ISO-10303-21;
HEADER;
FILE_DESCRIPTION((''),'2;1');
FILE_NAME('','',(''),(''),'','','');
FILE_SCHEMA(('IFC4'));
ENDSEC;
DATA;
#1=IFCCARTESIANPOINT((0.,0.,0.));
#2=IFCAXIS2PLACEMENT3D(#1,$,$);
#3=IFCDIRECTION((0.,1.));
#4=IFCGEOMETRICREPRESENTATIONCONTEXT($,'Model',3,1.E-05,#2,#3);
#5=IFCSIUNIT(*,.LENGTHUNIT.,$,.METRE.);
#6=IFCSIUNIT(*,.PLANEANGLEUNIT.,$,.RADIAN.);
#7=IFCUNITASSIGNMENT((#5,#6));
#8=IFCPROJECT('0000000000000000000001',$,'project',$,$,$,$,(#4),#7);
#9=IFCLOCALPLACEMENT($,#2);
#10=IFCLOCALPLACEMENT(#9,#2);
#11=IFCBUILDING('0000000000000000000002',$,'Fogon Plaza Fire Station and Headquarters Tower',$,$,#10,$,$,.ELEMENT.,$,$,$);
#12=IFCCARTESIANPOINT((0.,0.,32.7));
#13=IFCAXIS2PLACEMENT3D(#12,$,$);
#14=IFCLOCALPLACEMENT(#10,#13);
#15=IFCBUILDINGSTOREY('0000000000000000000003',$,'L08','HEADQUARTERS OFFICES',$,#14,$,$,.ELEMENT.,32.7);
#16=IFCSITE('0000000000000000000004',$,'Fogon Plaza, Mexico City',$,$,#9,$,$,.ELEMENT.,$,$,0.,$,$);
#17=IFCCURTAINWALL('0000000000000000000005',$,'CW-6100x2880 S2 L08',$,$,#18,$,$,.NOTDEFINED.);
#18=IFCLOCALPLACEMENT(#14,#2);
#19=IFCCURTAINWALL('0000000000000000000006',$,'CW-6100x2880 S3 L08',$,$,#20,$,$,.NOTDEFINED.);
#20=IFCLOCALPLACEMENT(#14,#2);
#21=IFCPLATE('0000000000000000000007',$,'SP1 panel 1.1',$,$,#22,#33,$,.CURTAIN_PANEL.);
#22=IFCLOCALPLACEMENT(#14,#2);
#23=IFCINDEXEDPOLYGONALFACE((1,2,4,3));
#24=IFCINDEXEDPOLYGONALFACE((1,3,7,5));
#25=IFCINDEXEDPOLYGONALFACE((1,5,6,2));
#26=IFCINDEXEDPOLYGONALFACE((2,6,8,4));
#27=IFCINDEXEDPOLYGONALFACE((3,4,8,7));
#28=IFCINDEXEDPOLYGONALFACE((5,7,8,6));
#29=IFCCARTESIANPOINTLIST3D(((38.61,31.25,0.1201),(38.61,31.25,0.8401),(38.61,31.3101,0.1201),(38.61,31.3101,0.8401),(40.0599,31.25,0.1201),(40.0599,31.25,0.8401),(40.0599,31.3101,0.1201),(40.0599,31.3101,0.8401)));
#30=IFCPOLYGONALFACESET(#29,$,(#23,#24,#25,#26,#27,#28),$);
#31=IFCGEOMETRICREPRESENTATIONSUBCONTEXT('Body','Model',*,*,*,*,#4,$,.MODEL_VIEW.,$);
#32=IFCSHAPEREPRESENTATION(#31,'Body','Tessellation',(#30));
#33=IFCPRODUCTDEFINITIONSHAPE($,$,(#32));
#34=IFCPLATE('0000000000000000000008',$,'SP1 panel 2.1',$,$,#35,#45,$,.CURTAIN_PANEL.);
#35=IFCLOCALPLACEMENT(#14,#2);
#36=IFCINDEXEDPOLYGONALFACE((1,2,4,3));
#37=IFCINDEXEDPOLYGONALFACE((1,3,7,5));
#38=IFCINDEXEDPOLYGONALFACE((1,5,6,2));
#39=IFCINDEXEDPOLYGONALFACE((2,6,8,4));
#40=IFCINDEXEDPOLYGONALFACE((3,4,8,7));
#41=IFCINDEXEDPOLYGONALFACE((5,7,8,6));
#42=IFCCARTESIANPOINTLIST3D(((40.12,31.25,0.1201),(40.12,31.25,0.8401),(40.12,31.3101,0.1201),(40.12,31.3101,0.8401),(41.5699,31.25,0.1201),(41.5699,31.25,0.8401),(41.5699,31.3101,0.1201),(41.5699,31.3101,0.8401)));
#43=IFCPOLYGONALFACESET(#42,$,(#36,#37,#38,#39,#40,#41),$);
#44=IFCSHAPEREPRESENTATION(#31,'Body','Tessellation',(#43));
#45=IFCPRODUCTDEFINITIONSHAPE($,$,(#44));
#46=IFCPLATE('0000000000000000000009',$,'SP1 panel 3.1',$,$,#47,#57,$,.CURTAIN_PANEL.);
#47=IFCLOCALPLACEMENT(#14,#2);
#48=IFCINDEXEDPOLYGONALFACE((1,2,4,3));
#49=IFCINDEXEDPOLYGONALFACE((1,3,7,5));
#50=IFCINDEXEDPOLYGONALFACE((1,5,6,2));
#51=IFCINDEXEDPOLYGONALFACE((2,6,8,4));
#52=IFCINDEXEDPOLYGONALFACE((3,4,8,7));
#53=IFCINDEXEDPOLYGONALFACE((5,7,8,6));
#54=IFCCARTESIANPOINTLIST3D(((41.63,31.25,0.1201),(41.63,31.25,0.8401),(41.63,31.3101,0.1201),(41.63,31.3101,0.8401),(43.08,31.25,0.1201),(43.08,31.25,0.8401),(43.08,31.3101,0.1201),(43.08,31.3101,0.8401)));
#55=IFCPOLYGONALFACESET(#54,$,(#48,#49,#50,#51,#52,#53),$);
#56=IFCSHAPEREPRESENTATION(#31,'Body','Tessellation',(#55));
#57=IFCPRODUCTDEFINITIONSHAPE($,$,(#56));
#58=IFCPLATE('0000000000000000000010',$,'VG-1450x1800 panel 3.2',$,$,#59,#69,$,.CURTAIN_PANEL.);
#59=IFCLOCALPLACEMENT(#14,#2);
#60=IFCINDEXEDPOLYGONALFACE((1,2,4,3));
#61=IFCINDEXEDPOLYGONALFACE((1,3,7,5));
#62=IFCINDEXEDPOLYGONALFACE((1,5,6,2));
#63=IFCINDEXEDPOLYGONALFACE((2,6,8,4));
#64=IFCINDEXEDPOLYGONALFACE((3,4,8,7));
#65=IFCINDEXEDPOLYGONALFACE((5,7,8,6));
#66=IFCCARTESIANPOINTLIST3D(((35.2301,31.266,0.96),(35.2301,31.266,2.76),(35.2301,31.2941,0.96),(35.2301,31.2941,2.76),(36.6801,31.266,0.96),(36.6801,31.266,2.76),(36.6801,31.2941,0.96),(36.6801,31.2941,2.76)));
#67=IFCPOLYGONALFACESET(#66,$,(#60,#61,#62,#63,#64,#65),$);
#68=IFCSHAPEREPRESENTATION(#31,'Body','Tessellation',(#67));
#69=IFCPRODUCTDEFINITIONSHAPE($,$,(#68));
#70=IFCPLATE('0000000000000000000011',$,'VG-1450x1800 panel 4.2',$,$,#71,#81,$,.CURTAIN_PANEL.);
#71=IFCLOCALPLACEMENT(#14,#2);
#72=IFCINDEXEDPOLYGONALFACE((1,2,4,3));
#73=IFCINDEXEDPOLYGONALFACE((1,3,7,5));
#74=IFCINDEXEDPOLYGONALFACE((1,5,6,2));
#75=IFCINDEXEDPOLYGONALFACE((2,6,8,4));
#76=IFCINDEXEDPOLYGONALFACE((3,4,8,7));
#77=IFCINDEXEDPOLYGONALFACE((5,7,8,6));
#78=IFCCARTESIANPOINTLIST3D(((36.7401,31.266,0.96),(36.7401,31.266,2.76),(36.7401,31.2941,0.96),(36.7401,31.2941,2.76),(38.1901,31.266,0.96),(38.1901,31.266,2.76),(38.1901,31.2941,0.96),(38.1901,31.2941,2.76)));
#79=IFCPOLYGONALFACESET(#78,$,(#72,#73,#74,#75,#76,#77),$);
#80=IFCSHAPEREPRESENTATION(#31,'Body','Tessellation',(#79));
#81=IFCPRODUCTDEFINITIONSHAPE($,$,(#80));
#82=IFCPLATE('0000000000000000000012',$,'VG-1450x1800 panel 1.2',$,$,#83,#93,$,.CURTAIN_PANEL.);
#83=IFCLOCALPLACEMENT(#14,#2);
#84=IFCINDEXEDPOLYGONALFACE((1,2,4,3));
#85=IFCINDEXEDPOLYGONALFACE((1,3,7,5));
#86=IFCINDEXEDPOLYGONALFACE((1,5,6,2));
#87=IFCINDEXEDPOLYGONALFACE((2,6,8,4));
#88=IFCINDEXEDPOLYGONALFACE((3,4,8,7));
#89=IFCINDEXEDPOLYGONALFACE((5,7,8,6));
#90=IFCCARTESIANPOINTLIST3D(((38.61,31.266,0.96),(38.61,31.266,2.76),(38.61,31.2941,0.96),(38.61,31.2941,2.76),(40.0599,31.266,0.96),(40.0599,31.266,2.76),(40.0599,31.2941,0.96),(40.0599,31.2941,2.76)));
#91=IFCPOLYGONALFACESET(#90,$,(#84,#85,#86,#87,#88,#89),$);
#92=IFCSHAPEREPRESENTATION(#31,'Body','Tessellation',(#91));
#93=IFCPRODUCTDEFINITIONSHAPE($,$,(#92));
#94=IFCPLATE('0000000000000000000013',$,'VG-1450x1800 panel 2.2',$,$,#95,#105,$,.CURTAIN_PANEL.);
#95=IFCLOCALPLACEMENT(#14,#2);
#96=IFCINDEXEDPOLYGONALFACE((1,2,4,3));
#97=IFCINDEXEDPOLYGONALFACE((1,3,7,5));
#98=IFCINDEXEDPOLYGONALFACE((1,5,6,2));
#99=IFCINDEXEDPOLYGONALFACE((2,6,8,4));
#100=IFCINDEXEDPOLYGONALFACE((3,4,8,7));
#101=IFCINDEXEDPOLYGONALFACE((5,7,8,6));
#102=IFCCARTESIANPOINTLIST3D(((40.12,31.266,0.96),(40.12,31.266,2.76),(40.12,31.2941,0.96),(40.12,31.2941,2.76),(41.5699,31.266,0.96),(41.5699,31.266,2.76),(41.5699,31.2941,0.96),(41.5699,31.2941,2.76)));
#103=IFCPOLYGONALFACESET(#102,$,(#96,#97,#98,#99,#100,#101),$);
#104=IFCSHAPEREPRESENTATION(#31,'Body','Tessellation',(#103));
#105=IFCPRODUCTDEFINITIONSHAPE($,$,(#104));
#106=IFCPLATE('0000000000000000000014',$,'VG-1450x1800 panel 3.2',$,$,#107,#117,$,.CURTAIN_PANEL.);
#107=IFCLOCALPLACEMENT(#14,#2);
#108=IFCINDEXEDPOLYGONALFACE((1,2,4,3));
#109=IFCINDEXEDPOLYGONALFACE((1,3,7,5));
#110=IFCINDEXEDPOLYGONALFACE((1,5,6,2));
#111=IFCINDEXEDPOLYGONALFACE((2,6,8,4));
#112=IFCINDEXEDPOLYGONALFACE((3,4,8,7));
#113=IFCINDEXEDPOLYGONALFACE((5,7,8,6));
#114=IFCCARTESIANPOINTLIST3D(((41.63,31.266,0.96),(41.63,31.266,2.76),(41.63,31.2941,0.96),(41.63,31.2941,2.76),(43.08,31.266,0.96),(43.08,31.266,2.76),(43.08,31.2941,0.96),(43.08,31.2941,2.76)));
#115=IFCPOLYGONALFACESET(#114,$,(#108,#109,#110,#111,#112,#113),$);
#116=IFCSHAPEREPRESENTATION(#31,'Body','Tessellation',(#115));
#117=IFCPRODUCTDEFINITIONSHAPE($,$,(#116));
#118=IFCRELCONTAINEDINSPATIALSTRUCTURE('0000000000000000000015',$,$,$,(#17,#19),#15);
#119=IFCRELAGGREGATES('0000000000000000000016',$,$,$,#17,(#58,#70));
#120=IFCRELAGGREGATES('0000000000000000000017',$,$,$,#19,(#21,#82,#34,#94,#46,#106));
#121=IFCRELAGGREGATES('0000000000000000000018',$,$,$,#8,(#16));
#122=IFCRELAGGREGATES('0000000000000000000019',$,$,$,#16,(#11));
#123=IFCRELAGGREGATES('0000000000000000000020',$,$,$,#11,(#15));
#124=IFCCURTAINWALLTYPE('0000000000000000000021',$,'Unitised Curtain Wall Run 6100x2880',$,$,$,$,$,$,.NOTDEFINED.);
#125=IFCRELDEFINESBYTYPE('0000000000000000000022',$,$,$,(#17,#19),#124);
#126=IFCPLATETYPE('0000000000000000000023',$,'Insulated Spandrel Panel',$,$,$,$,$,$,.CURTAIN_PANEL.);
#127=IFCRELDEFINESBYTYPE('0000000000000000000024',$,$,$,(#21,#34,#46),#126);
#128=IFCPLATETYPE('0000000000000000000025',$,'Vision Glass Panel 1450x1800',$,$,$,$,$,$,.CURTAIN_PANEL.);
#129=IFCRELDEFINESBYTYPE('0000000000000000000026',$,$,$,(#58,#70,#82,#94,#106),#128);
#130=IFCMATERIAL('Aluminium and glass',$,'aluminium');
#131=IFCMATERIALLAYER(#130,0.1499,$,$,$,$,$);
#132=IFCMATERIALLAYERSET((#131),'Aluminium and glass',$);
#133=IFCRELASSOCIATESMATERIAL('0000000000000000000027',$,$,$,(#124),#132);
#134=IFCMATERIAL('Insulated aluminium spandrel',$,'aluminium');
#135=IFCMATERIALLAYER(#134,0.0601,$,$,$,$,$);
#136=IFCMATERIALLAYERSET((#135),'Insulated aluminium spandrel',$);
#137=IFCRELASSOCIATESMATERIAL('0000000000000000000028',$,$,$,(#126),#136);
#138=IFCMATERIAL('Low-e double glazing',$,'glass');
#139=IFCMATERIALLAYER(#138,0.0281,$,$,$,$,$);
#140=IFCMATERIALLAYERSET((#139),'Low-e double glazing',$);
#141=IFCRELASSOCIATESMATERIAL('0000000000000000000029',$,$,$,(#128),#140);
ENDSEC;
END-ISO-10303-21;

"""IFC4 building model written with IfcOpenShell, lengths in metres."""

from ifc_helpers import new_model, si_unit, direction, frame, origin, origin_2d, place, context, subcontext, project, spatial, rectangle, extrude, material, layer, layer_set, type_object, element, aggregate, save


model = new_model("IFC4")

# Units and contexts
model_context = context("Model", 3, precision=1e-05, world=origin(), true_north=direction((0.0, 1.0)))
body_context = subcontext(model_context, "Body", "Model", "MODEL_VIEW")
ifc_project = project(units=[si_unit("LENGTHUNIT", "METRE"), si_unit("PLANEANGLEUNIT", "RADIAN")], contexts=[model_context])

# Site, building, storey
site_placement = place(None, origin())
site = spatial("IfcSite", under=ifc_project, at=site_placement, Name="Fogon Plaza, Mexico City", CompositionType="ELEMENT", RefElevation=0.0)
building_placement = place(site_placement, origin())
building = spatial("IfcBuilding", under=site, at=building_placement, Name="Fogon Plaza Fire Station and Headquarters Tower", CompositionType="ELEMENT")
storey_placement = place(building_placement, frame((0.0, 0.0, 32.7)))
storey = spatial("IfcBuildingStorey", under=building, at=storey_placement, Name="L08", Description="HEADQUARTERS OFFICES", CompositionType="ELEMENT", Elevation=32.7)

# Curtain walls
ifc_material_1 = material(Name="Aluminium and glass", Category="aluminium")
ifc_layer_1 = layer(ifc_material_1, 0.1499)
ifc_layer_set_1 = layer_set([ifc_layer_1], Name="Aluminium and glass")
curtain_wall_type = type_object("IfcCurtainWallType", Name="Unitised Curtain Wall Run 6100x2880", PredefinedType="NOTDEFINED", material=ifc_layer_set_1)
curtain_wall_1_placement = place(storey_placement, origin())
curtain_wall_1 = element("IfcCurtainWall", 1, at=curtain_wall_1_placement, inside=storey, type_object=curtain_wall_type, Name="CW-6100x2880 S2 L08", PredefinedType="NOTDEFINED")
curtain_wall_2_placement = place(storey_placement, origin())
curtain_wall_2 = element("IfcCurtainWall", 2, at=curtain_wall_2_placement, inside=storey, type_object=curtain_wall_type, Name="CW-6100x2880 S3 L08", PredefinedType="NOTDEFINED")

# Plates
ifc_material_2 = material(Name="Insulated aluminium spandrel", Category="aluminium")
ifc_layer_2 = layer(ifc_material_2, 0.0601)
ifc_layer_set_2 = layer_set([ifc_layer_2], Name="Insulated aluminium spandrel")
plate_type_1 = type_object("IfcPlateType", Name="Insulated Spandrel Panel", PredefinedType="CURTAIN_PANEL", material=ifc_layer_set_2)
plate_1_placement = place(storey_placement, frame((39.335, 31.28, 0.1201), z_axis=(0.0, 0.0, 1.0), x_axis=(1.0, 0.0, 0.0)))
plate_1 = element("IfcPlate", 3, at=plate_1_placement, type_object=plate_type_1, Name="SP1 panel 1.1", PredefinedType="CURTAIN_PANEL", context=body_context, shape_type="SweptSolid", body=[
    extrude(rectangle(XDim=1.45, YDim=0.0601, at=origin_2d()), origin(), (0.0, 0.0, 1.0), 0.72),
])
plate_2_placement = place(storey_placement, frame((40.845, 31.28, 0.1201), z_axis=(0.0, 0.0, 1.0), x_axis=(1.0, 0.0, 0.0)))
plate_2 = element("IfcPlate", 4, at=plate_2_placement, type_object=plate_type_1, Name="SP1 panel 2.1", PredefinedType="CURTAIN_PANEL", context=body_context, shape_type="SweptSolid", body=[
    extrude(rectangle(XDim=1.45, YDim=0.0601, at=origin_2d()), origin(), (0.0, 0.0, 1.0), 0.72),
])
plate_3_placement = place(storey_placement, frame((42.355, 31.28, 0.1201), z_axis=(0.0, 0.0, 1.0), x_axis=(1.0, 0.0, 0.0)))
plate_3 = element("IfcPlate", 5, at=plate_3_placement, type_object=plate_type_1, Name="SP1 panel 3.1", PredefinedType="CURTAIN_PANEL", context=body_context, shape_type="SweptSolid", body=[
    extrude(rectangle(XDim=1.45, YDim=0.0601, at=origin_2d()), origin(), (0.0, 0.0, 1.0), 0.72),
])
ifc_material_3 = material(Name="Low-e double glazing", Category="glass")
ifc_layer_3 = layer(ifc_material_3, 0.0281)
ifc_layer_set_3 = layer_set([ifc_layer_3], Name="Low-e double glazing")
plate_type_2 = type_object("IfcPlateType", Name="Vision Glass Panel 1450x1800", PredefinedType="CURTAIN_PANEL", material=ifc_layer_set_3)
plate_4_placement = place(storey_placement, frame((35.9551, 31.28, 0.96), z_axis=(0.0, 0.0, 1.0), x_axis=(1.0, 0.0, 0.0)))
plate_4 = element("IfcPlate", 6, at=plate_4_placement, type_object=plate_type_2, Name="VG-1450x1800 panel 3.2", PredefinedType="CURTAIN_PANEL", context=body_context, shape_type="SweptSolid", body=[
    extrude(rectangle(XDim=1.45, YDim=0.0281, at=origin_2d()), origin(), (0.0, 0.0, 1.0), 1.8),
])
plate_5_placement = place(storey_placement, frame((37.4651, 31.28, 0.96), z_axis=(0.0, 0.0, 1.0), x_axis=(1.0, 0.0, 0.0)))
plate_5 = element("IfcPlate", 7, at=plate_5_placement, type_object=plate_type_2, Name="VG-1450x1800 panel 4.2", PredefinedType="CURTAIN_PANEL", context=body_context, shape_type="SweptSolid", body=[
    extrude(rectangle(XDim=1.45, YDim=0.0281, at=origin_2d()), origin(), (0.0, 0.0, 1.0), 1.8),
])
aggregate(curtain_wall_1, [plate_4, plate_5])
plate_6_placement = place(storey_placement, frame((39.335, 31.28, 0.96), z_axis=(0.0, 0.0, 1.0), x_axis=(1.0, 0.0, 0.0)))
plate_6 = element("IfcPlate", 8, at=plate_6_placement, type_object=plate_type_2, Name="VG-1450x1800 panel 1.2", PredefinedType="CURTAIN_PANEL", context=body_context, shape_type="SweptSolid", body=[
    extrude(rectangle(XDim=1.45, YDim=0.0281, at=origin_2d()), origin(), (0.0, 0.0, 1.0), 1.8),
])
plate_7_placement = place(storey_placement, frame((40.845, 31.28, 0.96), z_axis=(0.0, 0.0, 1.0), x_axis=(1.0, 0.0, 0.0)))
plate_7 = element("IfcPlate", 9, at=plate_7_placement, type_object=plate_type_2, Name="VG-1450x1800 panel 2.2", PredefinedType="CURTAIN_PANEL", context=body_context, shape_type="SweptSolid", body=[
    extrude(rectangle(XDim=1.45, YDim=0.0281, at=origin_2d()), origin(), (0.0, 0.0, 1.0), 1.8),
])
plate_8_placement = place(storey_placement, frame((42.355, 31.28, 0.96), z_axis=(0.0, 0.0, 1.0), x_axis=(1.0, 0.0, 0.0)))
plate_8 = element("IfcPlate", 10, at=plate_8_placement, type_object=plate_type_2, Name="VG-1450x1800 panel 3.2", PredefinedType="CURTAIN_PANEL", context=body_context, shape_type="SweptSolid", body=[
    extrude(rectangle(XDim=1.45, YDim=0.0281, at=origin_2d()), origin(), (0.0, 0.0, 1.0), 1.8),
])
aggregate(curtain_wall_2, [plate_1, plate_6, plate_2, plate_7, plate_3, plate_8])

save(model, "model.ifc")
